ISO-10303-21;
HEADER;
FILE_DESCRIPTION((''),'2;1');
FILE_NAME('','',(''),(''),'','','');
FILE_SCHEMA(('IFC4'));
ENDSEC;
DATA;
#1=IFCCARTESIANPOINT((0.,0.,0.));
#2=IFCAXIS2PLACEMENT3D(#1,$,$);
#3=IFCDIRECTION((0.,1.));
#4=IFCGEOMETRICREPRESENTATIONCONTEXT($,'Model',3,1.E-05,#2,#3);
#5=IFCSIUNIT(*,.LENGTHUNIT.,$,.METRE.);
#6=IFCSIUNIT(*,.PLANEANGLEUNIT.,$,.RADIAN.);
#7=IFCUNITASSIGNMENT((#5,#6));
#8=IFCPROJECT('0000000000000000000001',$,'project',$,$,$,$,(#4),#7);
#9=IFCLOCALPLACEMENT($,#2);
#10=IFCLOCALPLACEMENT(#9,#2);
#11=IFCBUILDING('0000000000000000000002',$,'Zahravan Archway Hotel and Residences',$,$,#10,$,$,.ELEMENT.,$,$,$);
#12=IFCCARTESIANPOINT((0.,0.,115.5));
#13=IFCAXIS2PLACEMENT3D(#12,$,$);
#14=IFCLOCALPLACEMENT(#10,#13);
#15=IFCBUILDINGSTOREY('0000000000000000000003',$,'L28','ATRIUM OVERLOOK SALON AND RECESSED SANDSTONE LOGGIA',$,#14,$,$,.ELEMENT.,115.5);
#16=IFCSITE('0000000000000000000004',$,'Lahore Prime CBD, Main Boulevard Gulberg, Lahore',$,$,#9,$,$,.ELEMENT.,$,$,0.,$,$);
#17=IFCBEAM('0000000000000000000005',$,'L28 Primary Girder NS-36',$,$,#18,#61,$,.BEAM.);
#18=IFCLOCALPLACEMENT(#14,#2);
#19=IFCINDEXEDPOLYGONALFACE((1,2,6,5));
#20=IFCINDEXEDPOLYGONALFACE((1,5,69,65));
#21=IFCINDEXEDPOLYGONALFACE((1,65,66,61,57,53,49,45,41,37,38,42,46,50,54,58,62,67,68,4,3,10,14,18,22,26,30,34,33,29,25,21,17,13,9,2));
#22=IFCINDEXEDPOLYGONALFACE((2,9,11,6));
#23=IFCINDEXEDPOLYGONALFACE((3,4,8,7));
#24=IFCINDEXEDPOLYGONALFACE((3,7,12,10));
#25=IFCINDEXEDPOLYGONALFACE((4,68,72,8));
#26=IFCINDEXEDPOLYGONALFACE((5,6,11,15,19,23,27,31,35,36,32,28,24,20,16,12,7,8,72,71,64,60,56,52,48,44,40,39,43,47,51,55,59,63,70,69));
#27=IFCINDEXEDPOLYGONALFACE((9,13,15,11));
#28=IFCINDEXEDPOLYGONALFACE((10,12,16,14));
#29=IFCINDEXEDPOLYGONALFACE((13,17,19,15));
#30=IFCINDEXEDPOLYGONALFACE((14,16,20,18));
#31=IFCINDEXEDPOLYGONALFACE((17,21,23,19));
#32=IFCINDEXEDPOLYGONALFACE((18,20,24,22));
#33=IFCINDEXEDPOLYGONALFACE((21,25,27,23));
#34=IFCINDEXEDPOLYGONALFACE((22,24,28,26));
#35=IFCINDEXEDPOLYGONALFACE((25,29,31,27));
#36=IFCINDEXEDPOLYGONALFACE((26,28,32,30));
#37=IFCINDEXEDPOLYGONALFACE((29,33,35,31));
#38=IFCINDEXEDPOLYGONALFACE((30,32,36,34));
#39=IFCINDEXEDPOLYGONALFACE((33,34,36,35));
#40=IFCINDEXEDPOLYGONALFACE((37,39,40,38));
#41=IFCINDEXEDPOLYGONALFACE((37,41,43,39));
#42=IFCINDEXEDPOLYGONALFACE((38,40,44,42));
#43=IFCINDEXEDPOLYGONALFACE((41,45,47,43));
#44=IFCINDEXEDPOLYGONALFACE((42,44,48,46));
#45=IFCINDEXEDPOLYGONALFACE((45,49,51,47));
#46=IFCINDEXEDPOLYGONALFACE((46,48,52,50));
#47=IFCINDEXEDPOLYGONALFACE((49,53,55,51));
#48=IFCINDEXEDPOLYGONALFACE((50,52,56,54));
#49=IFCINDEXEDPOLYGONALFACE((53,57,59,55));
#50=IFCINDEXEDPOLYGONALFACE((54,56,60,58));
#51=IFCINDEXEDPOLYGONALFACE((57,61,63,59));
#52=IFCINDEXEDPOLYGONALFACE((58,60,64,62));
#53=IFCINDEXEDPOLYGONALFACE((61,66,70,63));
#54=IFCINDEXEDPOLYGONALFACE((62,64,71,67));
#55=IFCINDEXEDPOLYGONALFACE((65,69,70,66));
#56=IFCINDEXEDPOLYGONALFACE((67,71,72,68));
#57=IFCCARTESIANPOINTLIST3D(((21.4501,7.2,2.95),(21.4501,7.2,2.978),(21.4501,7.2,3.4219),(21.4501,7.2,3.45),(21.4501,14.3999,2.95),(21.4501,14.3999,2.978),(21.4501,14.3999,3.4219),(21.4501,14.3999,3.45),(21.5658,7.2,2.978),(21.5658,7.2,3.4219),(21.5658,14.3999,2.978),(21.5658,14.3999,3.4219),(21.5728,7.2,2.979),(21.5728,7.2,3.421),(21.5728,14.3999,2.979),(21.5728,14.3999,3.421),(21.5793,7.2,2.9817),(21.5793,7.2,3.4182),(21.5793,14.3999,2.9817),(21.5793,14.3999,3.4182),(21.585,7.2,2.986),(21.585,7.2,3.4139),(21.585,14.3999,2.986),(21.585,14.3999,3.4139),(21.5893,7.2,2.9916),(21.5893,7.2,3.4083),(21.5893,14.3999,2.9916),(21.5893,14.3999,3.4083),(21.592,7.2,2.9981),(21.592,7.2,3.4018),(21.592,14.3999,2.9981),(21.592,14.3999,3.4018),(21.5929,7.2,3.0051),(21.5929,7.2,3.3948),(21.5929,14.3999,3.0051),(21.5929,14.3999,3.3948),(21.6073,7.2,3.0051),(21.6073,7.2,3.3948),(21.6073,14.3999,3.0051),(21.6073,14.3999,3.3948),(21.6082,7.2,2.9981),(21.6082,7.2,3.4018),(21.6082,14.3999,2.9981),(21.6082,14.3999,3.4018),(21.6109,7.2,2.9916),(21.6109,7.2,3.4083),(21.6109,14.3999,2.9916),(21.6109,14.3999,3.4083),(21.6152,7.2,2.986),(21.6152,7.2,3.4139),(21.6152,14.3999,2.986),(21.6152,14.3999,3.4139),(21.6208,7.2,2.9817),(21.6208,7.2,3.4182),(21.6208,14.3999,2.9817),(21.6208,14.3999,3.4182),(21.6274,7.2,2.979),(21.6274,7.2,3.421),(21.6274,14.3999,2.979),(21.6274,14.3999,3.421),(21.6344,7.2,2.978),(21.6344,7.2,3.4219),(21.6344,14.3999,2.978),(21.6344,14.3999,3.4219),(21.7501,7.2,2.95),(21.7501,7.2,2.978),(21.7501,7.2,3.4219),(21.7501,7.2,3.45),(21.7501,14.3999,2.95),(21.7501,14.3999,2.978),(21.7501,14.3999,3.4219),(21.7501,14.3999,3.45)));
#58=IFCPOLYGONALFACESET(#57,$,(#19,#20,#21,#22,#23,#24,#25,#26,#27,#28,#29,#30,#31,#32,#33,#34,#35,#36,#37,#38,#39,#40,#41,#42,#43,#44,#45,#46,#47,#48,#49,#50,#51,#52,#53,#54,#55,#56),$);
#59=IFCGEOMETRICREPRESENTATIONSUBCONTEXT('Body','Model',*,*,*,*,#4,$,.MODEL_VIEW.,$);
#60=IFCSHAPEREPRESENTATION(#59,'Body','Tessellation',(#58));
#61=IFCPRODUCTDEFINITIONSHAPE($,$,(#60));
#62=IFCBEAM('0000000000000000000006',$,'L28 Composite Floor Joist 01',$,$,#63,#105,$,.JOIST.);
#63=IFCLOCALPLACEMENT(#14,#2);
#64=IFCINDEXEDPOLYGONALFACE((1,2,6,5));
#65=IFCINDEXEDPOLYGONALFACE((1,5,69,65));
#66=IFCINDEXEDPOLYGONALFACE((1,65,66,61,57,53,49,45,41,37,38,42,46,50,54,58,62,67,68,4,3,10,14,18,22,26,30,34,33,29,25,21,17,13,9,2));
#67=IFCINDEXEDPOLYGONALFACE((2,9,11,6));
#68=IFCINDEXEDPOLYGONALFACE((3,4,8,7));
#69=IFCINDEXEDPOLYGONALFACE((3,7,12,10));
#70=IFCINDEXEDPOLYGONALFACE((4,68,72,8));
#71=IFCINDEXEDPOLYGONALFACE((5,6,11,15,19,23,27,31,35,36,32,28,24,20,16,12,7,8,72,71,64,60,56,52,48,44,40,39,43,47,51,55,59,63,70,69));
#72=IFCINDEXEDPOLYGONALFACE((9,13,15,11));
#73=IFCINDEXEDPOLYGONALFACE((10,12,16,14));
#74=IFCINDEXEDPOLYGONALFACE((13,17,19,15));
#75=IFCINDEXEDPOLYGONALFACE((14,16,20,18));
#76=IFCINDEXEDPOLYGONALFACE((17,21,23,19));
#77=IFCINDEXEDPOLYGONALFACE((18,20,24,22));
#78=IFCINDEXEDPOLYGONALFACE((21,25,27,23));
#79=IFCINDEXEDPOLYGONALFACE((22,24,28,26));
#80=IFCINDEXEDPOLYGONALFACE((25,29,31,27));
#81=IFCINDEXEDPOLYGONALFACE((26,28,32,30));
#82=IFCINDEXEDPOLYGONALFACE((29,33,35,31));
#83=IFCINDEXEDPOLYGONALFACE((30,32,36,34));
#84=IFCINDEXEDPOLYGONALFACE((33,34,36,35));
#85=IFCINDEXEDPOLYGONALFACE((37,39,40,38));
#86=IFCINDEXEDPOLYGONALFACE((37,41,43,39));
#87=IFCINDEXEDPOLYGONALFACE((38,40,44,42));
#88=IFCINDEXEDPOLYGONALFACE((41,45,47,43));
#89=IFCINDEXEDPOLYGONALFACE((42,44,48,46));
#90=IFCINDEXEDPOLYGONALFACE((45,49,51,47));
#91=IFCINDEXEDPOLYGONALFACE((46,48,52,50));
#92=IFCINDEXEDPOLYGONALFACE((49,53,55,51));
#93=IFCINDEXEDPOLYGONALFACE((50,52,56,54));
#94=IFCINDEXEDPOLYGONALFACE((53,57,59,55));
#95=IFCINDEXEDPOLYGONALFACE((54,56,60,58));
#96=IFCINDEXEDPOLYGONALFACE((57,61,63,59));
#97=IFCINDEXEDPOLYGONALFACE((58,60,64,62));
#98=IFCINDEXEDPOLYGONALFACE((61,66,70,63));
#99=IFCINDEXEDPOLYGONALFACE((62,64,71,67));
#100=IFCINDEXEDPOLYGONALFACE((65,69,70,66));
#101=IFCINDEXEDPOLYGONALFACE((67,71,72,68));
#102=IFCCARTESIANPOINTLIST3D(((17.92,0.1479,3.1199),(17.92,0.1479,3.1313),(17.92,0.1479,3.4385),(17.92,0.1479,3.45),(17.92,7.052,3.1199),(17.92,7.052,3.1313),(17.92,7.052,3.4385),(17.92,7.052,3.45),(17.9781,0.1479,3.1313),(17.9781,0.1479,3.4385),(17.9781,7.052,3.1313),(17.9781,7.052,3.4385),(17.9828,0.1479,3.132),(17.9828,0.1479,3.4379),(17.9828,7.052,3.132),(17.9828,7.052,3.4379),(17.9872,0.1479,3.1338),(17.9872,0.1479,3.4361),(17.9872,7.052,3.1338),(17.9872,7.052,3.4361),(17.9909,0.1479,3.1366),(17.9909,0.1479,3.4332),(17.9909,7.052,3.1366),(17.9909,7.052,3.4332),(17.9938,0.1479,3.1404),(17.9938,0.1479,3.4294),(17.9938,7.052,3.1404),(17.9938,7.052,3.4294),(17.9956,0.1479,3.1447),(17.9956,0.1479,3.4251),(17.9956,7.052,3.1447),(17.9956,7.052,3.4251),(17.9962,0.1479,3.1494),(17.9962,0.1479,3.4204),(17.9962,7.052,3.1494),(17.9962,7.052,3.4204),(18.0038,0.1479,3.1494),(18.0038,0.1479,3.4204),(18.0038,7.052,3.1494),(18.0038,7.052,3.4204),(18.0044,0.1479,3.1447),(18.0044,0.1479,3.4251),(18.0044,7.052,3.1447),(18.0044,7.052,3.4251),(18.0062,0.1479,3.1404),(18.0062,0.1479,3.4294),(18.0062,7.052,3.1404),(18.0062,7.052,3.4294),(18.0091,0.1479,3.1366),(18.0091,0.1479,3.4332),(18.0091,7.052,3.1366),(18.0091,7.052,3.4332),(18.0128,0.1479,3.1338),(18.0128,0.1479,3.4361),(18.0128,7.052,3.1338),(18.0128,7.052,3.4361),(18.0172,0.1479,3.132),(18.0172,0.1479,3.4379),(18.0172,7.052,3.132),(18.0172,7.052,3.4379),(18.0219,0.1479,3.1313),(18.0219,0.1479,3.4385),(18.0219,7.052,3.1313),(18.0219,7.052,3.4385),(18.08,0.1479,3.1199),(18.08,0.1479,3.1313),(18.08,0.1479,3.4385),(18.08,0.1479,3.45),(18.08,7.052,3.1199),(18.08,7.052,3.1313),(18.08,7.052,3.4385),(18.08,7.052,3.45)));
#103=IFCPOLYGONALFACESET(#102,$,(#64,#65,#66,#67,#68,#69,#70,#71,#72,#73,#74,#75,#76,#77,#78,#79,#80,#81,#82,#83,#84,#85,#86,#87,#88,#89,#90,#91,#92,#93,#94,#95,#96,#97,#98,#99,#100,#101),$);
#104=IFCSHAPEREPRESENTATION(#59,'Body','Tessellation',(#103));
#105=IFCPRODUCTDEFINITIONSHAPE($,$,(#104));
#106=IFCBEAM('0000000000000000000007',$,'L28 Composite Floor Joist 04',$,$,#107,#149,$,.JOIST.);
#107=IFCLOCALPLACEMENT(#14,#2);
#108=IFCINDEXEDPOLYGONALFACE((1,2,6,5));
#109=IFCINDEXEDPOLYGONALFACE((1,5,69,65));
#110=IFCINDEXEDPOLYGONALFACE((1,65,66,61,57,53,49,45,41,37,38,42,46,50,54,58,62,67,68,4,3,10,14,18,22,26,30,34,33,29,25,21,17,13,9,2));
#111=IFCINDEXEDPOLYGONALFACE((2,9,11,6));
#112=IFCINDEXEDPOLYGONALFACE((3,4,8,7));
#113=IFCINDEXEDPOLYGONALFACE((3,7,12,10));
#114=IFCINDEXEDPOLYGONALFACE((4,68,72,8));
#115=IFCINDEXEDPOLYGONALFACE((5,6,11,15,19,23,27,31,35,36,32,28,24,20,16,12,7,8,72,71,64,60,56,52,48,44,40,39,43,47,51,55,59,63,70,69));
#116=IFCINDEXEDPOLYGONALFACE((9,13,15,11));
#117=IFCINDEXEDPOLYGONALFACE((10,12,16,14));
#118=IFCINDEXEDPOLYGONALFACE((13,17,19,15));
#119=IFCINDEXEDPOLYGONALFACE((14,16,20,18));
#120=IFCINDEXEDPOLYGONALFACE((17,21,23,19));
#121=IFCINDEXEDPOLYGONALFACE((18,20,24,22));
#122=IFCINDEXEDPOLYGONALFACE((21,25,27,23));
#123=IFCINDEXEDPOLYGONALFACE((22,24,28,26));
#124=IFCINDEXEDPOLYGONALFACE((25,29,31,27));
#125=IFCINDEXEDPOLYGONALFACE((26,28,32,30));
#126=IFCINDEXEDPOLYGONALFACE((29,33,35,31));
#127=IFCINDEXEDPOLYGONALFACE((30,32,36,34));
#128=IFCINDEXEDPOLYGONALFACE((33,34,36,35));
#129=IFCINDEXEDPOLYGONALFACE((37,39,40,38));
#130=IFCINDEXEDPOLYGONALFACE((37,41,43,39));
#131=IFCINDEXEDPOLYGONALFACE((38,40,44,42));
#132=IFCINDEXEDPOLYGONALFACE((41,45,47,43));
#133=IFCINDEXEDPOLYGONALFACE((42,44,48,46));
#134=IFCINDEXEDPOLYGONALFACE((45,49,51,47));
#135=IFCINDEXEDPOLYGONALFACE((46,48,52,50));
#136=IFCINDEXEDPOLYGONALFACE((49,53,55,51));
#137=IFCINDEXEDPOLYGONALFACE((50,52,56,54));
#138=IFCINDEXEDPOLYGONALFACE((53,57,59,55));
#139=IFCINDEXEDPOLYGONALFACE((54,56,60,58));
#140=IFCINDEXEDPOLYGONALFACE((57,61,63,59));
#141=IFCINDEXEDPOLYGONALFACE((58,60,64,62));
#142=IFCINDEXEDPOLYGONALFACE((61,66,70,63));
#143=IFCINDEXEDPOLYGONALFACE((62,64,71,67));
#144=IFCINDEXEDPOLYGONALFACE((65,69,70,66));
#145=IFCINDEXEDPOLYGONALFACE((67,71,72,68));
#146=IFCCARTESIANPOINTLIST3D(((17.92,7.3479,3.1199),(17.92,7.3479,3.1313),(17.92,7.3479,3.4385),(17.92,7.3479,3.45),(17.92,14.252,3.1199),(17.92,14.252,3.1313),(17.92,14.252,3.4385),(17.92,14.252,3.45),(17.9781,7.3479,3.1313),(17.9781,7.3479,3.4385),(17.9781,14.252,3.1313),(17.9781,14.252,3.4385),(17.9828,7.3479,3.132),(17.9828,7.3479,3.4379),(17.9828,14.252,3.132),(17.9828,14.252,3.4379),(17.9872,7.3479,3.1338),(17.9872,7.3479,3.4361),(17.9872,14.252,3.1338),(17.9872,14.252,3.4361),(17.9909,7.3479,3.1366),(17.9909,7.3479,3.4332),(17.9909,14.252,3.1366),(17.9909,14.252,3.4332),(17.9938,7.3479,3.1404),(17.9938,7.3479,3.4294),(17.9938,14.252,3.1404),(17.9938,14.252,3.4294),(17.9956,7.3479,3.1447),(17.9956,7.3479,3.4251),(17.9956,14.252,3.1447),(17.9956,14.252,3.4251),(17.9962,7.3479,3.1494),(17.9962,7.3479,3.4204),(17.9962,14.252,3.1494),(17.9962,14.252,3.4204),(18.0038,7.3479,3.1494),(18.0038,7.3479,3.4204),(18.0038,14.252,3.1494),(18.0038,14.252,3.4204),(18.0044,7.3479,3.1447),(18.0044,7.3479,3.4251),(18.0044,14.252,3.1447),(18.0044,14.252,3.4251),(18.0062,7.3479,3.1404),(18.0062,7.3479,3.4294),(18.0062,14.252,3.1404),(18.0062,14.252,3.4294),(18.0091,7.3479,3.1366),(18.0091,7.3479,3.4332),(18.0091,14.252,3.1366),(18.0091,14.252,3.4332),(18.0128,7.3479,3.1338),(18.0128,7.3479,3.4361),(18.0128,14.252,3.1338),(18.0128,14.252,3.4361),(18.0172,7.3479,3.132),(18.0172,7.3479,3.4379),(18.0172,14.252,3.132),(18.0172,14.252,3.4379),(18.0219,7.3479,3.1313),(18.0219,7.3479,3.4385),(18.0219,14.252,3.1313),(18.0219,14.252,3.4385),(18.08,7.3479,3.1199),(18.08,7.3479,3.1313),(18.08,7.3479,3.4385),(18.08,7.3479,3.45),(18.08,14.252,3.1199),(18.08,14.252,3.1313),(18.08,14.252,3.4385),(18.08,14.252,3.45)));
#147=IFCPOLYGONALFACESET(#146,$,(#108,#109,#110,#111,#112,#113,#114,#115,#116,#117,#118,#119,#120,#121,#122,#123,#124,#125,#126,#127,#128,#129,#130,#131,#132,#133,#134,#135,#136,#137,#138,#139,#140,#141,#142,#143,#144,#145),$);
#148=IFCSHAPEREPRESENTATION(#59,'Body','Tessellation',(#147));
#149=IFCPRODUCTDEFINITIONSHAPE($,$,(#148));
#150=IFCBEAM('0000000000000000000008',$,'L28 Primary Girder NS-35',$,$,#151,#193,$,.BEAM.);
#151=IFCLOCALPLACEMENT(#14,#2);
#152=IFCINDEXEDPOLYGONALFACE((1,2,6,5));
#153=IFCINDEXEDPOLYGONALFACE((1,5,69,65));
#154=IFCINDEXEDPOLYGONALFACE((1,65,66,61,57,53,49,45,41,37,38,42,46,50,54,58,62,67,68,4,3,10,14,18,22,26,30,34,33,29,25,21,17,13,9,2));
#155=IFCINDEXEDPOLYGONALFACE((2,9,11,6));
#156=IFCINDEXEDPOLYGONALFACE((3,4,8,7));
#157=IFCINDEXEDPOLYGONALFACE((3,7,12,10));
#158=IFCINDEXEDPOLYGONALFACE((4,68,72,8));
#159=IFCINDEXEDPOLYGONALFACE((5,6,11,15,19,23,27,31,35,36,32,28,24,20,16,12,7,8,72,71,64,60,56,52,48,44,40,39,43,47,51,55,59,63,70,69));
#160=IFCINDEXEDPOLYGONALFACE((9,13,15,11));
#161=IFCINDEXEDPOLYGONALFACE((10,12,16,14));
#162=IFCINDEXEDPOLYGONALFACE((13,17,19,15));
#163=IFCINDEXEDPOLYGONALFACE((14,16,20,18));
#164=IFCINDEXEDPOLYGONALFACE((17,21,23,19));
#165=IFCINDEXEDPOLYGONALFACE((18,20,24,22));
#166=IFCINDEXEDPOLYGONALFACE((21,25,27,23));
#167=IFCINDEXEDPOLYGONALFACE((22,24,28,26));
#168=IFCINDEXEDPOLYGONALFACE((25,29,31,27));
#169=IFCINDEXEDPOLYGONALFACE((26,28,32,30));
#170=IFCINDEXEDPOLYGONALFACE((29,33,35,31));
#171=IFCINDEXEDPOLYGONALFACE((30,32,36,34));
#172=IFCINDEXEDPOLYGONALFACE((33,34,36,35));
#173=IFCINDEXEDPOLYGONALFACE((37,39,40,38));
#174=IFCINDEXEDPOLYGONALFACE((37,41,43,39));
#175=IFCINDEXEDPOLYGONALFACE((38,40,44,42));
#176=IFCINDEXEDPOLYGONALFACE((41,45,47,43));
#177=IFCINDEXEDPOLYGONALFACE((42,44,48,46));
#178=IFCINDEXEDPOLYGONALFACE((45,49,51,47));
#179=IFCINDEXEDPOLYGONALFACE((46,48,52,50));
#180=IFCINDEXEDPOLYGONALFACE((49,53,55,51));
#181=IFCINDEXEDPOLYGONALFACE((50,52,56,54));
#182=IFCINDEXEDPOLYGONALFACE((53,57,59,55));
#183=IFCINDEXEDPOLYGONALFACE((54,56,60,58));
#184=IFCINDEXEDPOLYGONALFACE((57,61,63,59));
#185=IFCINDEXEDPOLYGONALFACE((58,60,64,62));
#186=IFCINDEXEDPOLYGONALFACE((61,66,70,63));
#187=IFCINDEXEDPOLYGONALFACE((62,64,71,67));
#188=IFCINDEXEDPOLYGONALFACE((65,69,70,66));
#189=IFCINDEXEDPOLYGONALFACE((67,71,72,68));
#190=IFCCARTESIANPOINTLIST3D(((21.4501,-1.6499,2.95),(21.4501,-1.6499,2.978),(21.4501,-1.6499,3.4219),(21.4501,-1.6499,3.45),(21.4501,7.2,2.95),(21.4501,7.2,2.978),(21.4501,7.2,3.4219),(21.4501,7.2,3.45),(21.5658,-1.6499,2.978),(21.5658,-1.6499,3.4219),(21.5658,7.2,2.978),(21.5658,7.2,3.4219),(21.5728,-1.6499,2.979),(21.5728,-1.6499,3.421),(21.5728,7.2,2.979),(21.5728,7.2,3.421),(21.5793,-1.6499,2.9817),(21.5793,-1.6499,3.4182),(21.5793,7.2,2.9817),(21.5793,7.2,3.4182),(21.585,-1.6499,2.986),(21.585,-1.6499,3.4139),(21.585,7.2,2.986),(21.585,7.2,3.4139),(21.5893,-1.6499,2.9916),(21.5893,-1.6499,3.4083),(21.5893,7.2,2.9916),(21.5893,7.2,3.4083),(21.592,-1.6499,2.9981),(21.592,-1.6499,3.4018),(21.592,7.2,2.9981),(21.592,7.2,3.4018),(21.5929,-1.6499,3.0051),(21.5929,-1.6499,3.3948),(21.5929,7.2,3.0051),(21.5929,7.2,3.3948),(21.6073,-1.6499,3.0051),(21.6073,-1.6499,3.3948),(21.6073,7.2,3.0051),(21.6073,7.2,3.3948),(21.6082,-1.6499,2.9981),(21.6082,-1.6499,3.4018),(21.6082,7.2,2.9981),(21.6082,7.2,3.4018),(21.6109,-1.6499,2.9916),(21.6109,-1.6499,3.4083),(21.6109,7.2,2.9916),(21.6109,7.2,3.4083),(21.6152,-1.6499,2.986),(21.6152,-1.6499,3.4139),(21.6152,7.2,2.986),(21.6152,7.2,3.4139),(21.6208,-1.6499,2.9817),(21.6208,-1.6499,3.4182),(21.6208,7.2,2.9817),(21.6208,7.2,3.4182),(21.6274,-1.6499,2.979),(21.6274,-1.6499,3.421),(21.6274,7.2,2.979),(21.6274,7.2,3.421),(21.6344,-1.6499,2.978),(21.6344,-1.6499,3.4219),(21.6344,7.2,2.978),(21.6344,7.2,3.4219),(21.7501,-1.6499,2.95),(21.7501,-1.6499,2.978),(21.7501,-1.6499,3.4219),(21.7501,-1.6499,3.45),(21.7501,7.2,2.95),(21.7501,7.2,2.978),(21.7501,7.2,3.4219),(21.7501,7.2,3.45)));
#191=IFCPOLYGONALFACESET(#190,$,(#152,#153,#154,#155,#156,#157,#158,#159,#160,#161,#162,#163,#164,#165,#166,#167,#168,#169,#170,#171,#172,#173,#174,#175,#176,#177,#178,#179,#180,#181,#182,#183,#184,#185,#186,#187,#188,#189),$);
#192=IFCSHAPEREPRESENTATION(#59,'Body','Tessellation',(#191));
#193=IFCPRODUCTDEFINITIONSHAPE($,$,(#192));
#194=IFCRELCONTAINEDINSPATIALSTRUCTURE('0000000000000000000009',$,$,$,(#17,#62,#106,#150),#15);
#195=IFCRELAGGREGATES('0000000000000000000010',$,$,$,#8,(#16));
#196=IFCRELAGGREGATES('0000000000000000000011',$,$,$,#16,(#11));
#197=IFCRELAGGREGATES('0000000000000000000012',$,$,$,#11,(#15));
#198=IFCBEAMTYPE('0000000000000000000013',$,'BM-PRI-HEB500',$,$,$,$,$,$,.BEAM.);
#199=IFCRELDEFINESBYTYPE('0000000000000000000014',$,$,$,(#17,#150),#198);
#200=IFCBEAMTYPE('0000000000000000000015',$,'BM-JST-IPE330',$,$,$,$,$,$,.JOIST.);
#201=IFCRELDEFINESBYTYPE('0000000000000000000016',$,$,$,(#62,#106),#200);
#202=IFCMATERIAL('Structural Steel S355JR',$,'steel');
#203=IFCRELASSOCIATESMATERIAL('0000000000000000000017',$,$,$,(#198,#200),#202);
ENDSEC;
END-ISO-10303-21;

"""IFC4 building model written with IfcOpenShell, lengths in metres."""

from ifc_helpers import new_model, si_unit, direction, frame, origin, origin_2d, place, context, subcontext, project, spatial, i_section, extrude, source, transform, mapped, material, material_profile, profile_set, type_object, type_shapes, element, save


model = new_model("IFC4")

# Units and contexts
model_context = context("Model", 3, precision=1e-05, world=origin(), true_north=direction((0.0, 1.0)))
body_context = subcontext(model_context, "Body", "Model", "MODEL_VIEW")
ifc_project = project(units=[si_unit("LENGTHUNIT", "METRE"), si_unit("PLANEANGLEUNIT", "RADIAN")], contexts=[model_context])

# Site, building, storey
site_placement = place(None, origin())
site = spatial("IfcSite", under=ifc_project, at=site_placement, Name="Lahore Prime CBD, Main Boulevard Gulberg, Lahore", CompositionType="ELEMENT", RefElevation=0.0)
building_placement = place(site_placement, origin())
building = spatial("IfcBuilding", under=site, at=building_placement, Name="Zahravan Archway Hotel and Residences", CompositionType="ELEMENT")
storey_placement = place(building_placement, frame((0.0, 0.0, 115.5)))
storey = spatial("IfcBuildingStorey", under=building, at=storey_placement, Name="L28", Description="ATRIUM OVERLOOK SALON AND RECESSED SANDSTONE LOGGIA", CompositionType="ELEMENT", Elevation=115.5)

# Beams
ifc_material_1 = material(Name="Structural Steel S355JR", Category="steel")
ifc_material_profile_1 = material_profile(ifc_material_1, i_section(OverallWidth=0.3, OverallDepth=0.5, WebThickness=0.0144, FlangeThickness=0.0281, FilletRadius=0.0271, at=origin_2d()), Name="HEB 500", Category="steel")
ifc_profile_set_1 = profile_set([ifc_material_profile_1], Name="Structural Steel S355JR")
beam_type_1 = type_object("IfcBeamType", Name="BM-PRI-HEB500", PredefinedType="BEAM", material=ifc_profile_set_1)
shared_shape_1 = source(origin(), body_context, "Body", "SweptSolid", [
    extrude(i_section(OverallWidth=0.3, OverallDepth=0.5, WebThickness=0.0144, FlangeThickness=0.0281, FilletRadius=0.0271, at=origin_2d()), origin(), (0.0, 0.0, 1.0), 7.2),
])
for number, where, z_axis, x_axis, name in (
    (1, (21.6001, 7.2, 3.2), (0.0, 1.0, 0.0), (-1.0, 0.0, 0.0), "L28 Primary Girder NS-36"),
):
    element("IfcBeam", number, at=place(storey_placement, frame(where, z_axis=z_axis, x_axis=x_axis)), inside=storey, type_object=beam_type_1, Name=name, PredefinedType="BEAM", context=body_context, shape_type="MappedRepresentation", body=[
        mapped(shared_shape_1, transform((0.0, 0.0, 0.0), scale=1.0)),
    ])
ifc_material_profile_2 = material_profile(ifc_material_1, i_section(OverallWidth=0.1599, OverallDepth=0.3301, WebThickness=0.0076, FlangeThickness=0.0115, FilletRadius=0.0181, at=origin_2d()), Name="IPE 330", Category="steel")
ifc_profile_set_2 = profile_set([ifc_material_profile_2], Name="Structural Steel S355JR")
beam_type_2 = type_object("IfcBeamType", Name="BM-JST-IPE330", PredefinedType="JOIST", material=ifc_profile_set_2)
shared_shape_2 = source(origin(), body_context, "Body", "SweptSolid", [
    extrude(i_section(OverallWidth=0.1599, OverallDepth=0.3301, WebThickness=0.0076, FlangeThickness=0.0115, FilletRadius=0.0181, at=origin_2d()), origin(), (0.0, 0.0, 1.0), 6.9041),
])
type_shapes(beam_type_2, [shared_shape_2])
for number, where, z_axis, x_axis, name in (
    (2, (18.0, 0.1479, 3.2849), (0.0, 1.0, 0.0), (-1.0, 0.0, 0.0), "L28 Composite Floor Joist 01"),
    (3, (18.0, 7.3479, 3.2849), (0.0, 1.0, 0.0), (-1.0, 0.0, 0.0), "L28 Composite Floor Joist 04"),
):
    element("IfcBeam", number, at=place(storey_placement, frame(where, z_axis=z_axis, x_axis=x_axis)), inside=storey, type_object=beam_type_2, Name=name, PredefinedType="JOIST", context=body_context, shape_type="MappedRepresentation", body=[
        mapped(shared_shape_2, transform((0.0, 0.0, 0.0), scale=1.0)),
    ])
shared_shape_3 = source(origin(), body_context, "Body", "SweptSolid", [
    extrude(i_section(OverallWidth=0.3, OverallDepth=0.5, WebThickness=0.0144, FlangeThickness=0.0281, FilletRadius=0.0271, at=origin_2d()), origin(), (0.0, 0.0, 1.0), 8.8499),
])
beam_1_placement = place(storey_placement, frame((21.6001, -1.6499, 3.2), z_axis=(0.0, 1.0, 0.0), x_axis=(-1.0, 0.0, 0.0)))
element("IfcBeam", 4, at=beam_1_placement, inside=storey, type_object=beam_type_1, Name="L28 Primary Girder NS-35", PredefinedType="BEAM", context=body_context, shape_type="MappedRepresentation", body=[
    mapped(shared_shape_3, transform((0.0, 0.0, 0.0), scale=1.0)),
])

save(model, "model.ifc")
